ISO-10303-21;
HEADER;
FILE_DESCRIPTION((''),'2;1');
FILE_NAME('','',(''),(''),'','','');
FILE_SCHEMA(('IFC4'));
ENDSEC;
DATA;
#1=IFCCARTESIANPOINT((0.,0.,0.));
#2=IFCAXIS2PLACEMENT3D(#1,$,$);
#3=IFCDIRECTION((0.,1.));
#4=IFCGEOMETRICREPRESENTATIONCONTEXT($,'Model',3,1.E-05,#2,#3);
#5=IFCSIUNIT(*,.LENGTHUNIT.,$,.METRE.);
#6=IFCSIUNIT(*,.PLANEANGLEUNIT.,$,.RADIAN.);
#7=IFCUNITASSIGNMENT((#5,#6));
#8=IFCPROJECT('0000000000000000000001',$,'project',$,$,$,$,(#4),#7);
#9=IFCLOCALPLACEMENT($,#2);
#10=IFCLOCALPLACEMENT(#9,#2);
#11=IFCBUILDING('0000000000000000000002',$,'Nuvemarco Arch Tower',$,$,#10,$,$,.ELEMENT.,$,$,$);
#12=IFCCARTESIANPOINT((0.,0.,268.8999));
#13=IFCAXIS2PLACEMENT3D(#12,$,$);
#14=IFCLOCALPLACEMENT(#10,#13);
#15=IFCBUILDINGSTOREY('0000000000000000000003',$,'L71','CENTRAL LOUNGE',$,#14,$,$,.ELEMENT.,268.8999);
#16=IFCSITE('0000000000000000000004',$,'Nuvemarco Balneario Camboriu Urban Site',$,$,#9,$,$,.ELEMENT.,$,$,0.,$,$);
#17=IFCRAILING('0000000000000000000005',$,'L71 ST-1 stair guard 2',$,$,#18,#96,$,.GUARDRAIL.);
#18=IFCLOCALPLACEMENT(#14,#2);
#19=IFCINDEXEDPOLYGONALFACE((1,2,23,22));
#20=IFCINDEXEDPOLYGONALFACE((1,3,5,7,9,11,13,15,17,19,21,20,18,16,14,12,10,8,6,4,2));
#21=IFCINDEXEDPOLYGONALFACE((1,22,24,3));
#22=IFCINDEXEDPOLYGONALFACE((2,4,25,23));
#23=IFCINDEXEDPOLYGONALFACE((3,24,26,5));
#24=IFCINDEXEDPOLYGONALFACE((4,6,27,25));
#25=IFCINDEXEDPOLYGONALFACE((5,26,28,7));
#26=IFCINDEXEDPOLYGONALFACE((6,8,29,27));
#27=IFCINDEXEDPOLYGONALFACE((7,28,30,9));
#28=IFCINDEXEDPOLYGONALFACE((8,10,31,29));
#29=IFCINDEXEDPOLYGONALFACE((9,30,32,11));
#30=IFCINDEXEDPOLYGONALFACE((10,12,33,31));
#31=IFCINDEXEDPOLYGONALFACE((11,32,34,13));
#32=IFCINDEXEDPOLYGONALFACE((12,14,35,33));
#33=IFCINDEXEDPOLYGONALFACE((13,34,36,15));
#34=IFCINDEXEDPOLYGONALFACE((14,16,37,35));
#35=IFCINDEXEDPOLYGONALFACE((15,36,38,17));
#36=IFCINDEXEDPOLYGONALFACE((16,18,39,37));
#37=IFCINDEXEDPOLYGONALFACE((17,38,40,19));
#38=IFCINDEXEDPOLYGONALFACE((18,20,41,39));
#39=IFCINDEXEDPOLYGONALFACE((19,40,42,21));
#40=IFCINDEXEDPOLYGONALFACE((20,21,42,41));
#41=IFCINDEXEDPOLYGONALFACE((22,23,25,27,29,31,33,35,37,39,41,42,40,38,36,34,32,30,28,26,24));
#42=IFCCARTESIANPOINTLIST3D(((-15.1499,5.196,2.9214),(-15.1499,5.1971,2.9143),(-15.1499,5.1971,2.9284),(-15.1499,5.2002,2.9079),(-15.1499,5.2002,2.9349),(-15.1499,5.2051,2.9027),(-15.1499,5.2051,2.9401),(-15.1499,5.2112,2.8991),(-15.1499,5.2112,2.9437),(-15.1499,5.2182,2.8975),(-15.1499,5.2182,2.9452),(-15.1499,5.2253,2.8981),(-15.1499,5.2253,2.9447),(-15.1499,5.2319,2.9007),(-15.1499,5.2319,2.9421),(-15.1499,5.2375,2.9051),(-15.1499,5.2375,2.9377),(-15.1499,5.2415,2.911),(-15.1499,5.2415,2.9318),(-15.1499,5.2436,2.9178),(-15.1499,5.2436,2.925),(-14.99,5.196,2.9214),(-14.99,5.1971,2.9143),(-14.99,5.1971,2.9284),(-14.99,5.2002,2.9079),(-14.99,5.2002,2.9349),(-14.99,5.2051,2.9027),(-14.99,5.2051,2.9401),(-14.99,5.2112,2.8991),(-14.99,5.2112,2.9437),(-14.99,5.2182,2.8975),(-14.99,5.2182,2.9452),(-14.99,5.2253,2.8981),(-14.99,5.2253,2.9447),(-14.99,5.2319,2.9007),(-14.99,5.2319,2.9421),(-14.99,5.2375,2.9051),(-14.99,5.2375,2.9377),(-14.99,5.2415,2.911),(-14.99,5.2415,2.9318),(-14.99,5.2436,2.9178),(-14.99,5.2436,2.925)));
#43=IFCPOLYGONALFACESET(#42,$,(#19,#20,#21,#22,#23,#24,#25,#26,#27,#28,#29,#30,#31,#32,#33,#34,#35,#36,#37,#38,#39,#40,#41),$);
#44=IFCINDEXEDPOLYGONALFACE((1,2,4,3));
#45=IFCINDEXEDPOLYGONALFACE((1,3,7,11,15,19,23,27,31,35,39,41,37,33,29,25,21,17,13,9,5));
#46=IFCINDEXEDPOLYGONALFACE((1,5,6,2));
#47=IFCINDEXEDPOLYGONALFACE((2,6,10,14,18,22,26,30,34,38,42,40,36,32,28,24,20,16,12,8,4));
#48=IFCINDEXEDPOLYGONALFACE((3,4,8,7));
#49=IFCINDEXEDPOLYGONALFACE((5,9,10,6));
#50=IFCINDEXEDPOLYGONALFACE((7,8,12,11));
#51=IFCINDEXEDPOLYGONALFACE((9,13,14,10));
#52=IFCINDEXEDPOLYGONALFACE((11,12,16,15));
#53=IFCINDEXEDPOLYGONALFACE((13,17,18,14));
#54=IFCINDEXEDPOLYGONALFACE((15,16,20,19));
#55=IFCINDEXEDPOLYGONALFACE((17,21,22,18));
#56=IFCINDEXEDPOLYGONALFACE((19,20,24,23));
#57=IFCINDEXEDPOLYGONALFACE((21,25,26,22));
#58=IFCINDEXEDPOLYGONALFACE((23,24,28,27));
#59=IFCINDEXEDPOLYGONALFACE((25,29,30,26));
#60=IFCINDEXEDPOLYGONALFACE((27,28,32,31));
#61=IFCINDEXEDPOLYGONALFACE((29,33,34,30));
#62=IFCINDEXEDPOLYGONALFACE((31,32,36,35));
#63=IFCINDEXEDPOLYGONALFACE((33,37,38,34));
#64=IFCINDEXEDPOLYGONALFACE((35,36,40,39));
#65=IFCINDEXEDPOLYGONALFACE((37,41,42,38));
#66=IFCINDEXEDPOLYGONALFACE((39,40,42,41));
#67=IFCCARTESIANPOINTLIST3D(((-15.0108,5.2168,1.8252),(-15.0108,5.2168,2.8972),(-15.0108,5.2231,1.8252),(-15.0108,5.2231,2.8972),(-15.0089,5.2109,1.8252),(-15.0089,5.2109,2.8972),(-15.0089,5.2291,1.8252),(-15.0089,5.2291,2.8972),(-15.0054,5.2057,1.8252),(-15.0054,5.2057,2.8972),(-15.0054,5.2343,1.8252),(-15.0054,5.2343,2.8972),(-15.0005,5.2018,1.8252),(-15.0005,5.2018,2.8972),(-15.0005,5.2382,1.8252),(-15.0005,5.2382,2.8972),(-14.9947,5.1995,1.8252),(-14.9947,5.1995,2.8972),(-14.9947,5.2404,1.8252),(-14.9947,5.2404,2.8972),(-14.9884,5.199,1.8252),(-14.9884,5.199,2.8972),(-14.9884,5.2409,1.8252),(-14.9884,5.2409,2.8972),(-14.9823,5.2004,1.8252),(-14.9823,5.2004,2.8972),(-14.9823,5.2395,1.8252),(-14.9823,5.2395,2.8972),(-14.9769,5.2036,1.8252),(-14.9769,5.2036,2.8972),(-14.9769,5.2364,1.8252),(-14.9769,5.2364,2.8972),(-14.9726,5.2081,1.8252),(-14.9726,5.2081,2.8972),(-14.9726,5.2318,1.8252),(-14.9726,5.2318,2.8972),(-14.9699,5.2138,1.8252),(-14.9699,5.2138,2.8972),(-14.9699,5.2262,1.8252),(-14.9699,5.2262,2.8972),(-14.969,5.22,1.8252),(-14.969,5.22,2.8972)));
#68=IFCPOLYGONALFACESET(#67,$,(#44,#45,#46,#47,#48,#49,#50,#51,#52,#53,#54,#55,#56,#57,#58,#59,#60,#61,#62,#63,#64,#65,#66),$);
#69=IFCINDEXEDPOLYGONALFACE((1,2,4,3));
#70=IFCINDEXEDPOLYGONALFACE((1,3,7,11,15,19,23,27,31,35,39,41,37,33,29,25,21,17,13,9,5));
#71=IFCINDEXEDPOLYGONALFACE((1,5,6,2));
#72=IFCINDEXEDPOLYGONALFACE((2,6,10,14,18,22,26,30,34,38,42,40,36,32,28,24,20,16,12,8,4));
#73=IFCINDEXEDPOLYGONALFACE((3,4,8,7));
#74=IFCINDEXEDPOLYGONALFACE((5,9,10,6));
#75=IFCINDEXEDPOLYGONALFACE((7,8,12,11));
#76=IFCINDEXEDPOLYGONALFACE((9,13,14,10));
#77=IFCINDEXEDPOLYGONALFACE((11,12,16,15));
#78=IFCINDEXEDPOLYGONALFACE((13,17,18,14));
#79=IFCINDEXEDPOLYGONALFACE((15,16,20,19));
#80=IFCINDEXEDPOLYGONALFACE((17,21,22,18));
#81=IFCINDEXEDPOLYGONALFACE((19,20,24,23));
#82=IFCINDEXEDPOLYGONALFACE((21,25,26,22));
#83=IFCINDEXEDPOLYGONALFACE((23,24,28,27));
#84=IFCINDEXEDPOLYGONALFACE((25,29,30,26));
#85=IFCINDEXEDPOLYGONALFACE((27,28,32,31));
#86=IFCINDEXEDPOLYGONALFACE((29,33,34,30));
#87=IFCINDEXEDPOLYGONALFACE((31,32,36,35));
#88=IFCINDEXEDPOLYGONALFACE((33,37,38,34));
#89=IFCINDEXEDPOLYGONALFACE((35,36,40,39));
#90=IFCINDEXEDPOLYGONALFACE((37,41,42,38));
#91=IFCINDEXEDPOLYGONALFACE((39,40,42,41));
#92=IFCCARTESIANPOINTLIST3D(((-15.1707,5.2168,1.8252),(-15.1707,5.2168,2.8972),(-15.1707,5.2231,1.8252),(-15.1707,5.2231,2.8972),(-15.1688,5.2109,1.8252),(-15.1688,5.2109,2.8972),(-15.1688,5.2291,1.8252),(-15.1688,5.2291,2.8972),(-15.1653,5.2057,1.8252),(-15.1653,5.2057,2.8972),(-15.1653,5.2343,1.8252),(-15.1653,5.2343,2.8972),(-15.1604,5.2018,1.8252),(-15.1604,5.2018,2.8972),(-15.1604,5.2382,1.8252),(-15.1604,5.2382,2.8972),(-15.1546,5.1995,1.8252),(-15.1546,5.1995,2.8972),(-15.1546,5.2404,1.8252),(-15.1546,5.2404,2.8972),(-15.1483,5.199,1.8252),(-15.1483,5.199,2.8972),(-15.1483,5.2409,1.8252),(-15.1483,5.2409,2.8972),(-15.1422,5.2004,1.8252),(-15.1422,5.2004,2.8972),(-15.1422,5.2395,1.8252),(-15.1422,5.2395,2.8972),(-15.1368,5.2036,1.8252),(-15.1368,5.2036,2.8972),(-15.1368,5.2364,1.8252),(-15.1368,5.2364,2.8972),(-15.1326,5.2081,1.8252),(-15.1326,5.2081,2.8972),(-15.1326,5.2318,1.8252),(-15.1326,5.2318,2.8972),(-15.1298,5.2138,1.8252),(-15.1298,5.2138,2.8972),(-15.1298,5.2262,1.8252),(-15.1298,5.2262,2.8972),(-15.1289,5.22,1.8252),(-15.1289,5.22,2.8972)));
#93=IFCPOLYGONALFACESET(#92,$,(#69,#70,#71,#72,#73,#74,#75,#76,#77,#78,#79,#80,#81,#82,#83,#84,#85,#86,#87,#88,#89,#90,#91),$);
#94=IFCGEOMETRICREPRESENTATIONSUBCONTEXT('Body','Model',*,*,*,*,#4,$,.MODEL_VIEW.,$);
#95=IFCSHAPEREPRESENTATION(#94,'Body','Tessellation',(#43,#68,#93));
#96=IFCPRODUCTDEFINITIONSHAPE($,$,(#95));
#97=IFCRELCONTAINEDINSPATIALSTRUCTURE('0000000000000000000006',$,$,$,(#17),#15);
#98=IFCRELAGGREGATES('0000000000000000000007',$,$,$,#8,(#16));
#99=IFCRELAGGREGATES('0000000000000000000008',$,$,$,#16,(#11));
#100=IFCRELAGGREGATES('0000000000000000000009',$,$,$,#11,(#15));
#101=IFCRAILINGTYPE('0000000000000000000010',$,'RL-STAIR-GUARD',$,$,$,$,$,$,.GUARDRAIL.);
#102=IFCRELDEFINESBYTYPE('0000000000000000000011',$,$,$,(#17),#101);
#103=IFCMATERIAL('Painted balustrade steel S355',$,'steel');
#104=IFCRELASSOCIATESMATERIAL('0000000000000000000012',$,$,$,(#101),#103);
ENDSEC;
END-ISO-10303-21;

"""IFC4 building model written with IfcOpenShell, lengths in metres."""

from ifc_helpers import new_model, si_unit, direction, frame, origin, origin_2d, place, context, subcontext, project, spatial, circle, extrude, material, type_object, element, save


model = new_model("IFC4")

# Units and contexts
model_context = context("Model", 3, precision=1e-05, world=origin(), true_north=direction((0.0, 1.0)))
body_context = subcontext(model_context, "Body", "Model", "MODEL_VIEW")
ifc_project = project(units=[si_unit("LENGTHUNIT", "METRE"), si_unit("PLANEANGLEUNIT", "RADIAN")], contexts=[model_context])

# Site, building, storey
site_placement = place(None, origin())
site = spatial("IfcSite", under=ifc_project, at=site_placement, Name="Nuvemarco Balneario Camboriu Urban Site", CompositionType="ELEMENT", RefElevation=0.0)
building_placement = place(site_placement, origin())
building = spatial("IfcBuilding", under=site, at=building_placement, Name="Nuvemarco Arch Tower", CompositionType="ELEMENT")
storey_placement = place(building_placement, frame((0.0, 0.0, 268.8999)))
storey = spatial("IfcBuildingStorey", under=building, at=storey_placement, Name="L71", Description="CENTRAL LOUNGE", CompositionType="ELEMENT", Elevation=268.8999)

# Railing
ifc_material_1 = material(Name="Painted balustrade steel S355", Category="steel")
railing_type_1 = type_object("IfcRailingType", Name="RL-STAIR-GUARD", PredefinedType="GUARDRAIL", material=ifc_material_1)
railing_1_placement = place(storey_placement, frame((-14.99, 5.22, 1.8252)))
element("IfcRailing", 1, at=railing_1_placement, inside=storey, type_object=railing_type_1, Name="L71 ST-1 stair guard 2", PredefinedType="GUARDRAIL", context=body_context, shape_type="SweptSolid", body=[
    extrude(circle(Radius=0.0239, at=origin_2d()), frame((0.0, 0.0, 1.0962), z_axis=(-1.0, 0.0, 0.0), x_axis=(0.0, -1.0, 0.0)), (0.0, 0.0, 1.0), 0.1599),
    extrude(circle(Radius=0.021, at=origin_2d()), origin(), (0.0, 0.0, 1.0), 1.072),
    extrude(circle(Radius=0.021, at=origin_2d()), frame((-0.1599, 0.0, 0.0)), (0.0, 0.0, 1.0), 1.072),
])

save(model, "model.ifc")
